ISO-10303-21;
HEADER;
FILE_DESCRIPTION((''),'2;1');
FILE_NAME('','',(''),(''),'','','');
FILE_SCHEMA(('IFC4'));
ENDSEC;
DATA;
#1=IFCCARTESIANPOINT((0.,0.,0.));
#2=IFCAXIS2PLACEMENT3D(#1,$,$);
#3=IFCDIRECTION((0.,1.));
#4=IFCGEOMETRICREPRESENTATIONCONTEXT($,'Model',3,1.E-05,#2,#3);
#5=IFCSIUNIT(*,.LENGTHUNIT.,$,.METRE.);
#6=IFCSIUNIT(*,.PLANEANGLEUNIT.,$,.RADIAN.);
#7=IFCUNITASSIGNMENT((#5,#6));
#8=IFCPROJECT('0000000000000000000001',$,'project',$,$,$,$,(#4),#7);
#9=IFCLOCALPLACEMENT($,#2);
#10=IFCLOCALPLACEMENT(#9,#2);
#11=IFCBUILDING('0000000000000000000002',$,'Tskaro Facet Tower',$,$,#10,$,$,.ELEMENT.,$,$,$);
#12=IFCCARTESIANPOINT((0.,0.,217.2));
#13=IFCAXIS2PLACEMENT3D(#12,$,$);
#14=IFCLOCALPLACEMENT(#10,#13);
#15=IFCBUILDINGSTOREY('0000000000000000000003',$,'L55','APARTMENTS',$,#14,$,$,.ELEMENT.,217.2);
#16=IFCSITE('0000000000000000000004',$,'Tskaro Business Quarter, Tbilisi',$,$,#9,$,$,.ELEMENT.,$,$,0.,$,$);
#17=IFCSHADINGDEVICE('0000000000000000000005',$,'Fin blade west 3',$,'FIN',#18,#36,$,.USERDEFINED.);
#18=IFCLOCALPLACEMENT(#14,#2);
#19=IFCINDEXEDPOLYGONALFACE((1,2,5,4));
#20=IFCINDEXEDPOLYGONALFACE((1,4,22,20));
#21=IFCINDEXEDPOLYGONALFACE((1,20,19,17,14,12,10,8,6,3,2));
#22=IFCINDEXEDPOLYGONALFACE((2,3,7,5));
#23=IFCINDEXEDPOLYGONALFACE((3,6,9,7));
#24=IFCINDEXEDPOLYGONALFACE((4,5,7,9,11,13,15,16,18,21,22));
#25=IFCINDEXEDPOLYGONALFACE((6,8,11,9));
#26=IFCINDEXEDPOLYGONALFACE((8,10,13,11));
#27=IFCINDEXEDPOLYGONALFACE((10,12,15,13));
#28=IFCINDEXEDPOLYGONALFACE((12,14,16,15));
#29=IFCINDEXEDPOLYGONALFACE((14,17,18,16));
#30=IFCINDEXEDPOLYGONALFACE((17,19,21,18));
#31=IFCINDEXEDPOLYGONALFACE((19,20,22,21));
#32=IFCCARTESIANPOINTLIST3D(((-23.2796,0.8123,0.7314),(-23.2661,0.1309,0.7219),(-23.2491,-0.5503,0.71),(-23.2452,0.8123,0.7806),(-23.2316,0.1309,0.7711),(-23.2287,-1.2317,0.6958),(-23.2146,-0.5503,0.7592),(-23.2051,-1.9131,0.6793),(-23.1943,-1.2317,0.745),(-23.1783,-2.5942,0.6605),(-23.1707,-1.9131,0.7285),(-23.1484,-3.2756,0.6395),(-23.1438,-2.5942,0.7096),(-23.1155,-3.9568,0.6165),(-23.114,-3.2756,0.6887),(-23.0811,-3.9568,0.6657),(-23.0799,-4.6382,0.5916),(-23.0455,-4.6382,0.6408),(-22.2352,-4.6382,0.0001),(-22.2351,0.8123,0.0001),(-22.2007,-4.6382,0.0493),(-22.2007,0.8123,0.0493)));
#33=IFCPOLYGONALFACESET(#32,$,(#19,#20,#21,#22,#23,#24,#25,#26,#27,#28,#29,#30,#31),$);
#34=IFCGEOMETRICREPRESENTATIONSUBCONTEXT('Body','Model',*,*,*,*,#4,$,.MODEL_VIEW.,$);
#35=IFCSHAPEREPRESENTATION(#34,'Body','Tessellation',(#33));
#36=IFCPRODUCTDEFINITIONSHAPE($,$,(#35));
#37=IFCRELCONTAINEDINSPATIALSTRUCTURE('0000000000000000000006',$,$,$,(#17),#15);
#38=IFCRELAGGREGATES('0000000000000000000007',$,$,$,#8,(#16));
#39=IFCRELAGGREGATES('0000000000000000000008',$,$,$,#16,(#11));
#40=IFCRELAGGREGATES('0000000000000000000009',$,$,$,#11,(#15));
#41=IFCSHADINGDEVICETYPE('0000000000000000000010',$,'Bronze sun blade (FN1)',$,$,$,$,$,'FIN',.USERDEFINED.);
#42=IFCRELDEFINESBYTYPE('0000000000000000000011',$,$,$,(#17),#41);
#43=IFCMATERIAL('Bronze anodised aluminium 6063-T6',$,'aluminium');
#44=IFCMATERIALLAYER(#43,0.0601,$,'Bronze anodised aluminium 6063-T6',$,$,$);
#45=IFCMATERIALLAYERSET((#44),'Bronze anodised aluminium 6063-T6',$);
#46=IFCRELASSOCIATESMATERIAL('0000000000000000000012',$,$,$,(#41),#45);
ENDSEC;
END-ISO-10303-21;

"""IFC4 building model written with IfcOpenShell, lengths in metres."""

from ifc_helpers import new_model, si_unit, direction, frame, origin, place, context, subcontext, project, spatial, polyline, outline, extrude, material, layer, layer_set, type_object, element, save


model = new_model("IFC4")

# Units and contexts
model_context = context("Model", 3, precision=1e-05, world=origin(), true_north=direction((0.0, 1.0)))
body_context = subcontext(model_context, "Body", "Model", "MODEL_VIEW")
ifc_project = project(units=[si_unit("LENGTHUNIT", "METRE"), si_unit("PLANEANGLEUNIT", "RADIAN")], contexts=[model_context])

# Site, building, storey
site_placement = place(None, origin())
site = spatial("IfcSite", under=ifc_project, at=site_placement, Name="Tskaro Business Quarter, Tbilisi", CompositionType="ELEMENT", RefElevation=0.0)
building_placement = place(site_placement, origin())
building = spatial("IfcBuilding", under=site, at=building_placement, Name="Tskaro Facet Tower", CompositionType="ELEMENT")
storey_placement = place(building_placement, frame((0.0, 0.0, 217.2)))
storey = spatial("IfcBuildingStorey", under=building, at=storey_placement, Name="L55", Description="APARTMENTS", CompositionType="ELEMENT", Elevation=217.2)

# Shared definitions
ifc_material_1 = material(Name="Bronze anodised aluminium 6063-T6", Category="aluminium")

# Shading device
ifc_layer_1 = layer(ifc_material_1, 0.0601, Name="Bronze anodised aluminium 6063-T6")
ifc_layer_set_1 = layer_set([ifc_layer_1], Name="Bronze anodised aluminium 6063-T6")
shading_device_type = type_object("IfcShadingDeviceType", Name="Bronze sun blade (FN1)", ElementType="FIN", PredefinedType="USERDEFINED", material=ifc_layer_set_1)
shading_device_1_placement = place(storey_placement, frame((-22.2007, 0.8123, 0.0493), z_axis=(0.573548, -0.000007, 0.819172), x_axis=(-0.000004, -1.0, -0.000006)))
element("IfcShadingDevice", 1, at=shading_device_1_placement, inside=storey, type_object=shading_device_type, Name="Fin blade west 3", ObjectType="FIN", PredefinedType="USERDEFINED", context=body_context, shape_type="SweptSolid", body=[
    extrude(outline(polyline([(0.0, 0.0), (5.4504, 0.0), (5.4504, -1.0313), (4.769, -1.0747), (4.0879, -1.1149), (3.4065, -1.1513), (2.7253, -1.1841), (2.0439, -1.2129), (1.3625, -1.2378), (0.6814, -1.2585), (0.0, -1.2751), (0.0, 0.0)])), origin(), (0.0, 0.0, -1.0), 0.0601),
])

save(model, "model.ifc")
